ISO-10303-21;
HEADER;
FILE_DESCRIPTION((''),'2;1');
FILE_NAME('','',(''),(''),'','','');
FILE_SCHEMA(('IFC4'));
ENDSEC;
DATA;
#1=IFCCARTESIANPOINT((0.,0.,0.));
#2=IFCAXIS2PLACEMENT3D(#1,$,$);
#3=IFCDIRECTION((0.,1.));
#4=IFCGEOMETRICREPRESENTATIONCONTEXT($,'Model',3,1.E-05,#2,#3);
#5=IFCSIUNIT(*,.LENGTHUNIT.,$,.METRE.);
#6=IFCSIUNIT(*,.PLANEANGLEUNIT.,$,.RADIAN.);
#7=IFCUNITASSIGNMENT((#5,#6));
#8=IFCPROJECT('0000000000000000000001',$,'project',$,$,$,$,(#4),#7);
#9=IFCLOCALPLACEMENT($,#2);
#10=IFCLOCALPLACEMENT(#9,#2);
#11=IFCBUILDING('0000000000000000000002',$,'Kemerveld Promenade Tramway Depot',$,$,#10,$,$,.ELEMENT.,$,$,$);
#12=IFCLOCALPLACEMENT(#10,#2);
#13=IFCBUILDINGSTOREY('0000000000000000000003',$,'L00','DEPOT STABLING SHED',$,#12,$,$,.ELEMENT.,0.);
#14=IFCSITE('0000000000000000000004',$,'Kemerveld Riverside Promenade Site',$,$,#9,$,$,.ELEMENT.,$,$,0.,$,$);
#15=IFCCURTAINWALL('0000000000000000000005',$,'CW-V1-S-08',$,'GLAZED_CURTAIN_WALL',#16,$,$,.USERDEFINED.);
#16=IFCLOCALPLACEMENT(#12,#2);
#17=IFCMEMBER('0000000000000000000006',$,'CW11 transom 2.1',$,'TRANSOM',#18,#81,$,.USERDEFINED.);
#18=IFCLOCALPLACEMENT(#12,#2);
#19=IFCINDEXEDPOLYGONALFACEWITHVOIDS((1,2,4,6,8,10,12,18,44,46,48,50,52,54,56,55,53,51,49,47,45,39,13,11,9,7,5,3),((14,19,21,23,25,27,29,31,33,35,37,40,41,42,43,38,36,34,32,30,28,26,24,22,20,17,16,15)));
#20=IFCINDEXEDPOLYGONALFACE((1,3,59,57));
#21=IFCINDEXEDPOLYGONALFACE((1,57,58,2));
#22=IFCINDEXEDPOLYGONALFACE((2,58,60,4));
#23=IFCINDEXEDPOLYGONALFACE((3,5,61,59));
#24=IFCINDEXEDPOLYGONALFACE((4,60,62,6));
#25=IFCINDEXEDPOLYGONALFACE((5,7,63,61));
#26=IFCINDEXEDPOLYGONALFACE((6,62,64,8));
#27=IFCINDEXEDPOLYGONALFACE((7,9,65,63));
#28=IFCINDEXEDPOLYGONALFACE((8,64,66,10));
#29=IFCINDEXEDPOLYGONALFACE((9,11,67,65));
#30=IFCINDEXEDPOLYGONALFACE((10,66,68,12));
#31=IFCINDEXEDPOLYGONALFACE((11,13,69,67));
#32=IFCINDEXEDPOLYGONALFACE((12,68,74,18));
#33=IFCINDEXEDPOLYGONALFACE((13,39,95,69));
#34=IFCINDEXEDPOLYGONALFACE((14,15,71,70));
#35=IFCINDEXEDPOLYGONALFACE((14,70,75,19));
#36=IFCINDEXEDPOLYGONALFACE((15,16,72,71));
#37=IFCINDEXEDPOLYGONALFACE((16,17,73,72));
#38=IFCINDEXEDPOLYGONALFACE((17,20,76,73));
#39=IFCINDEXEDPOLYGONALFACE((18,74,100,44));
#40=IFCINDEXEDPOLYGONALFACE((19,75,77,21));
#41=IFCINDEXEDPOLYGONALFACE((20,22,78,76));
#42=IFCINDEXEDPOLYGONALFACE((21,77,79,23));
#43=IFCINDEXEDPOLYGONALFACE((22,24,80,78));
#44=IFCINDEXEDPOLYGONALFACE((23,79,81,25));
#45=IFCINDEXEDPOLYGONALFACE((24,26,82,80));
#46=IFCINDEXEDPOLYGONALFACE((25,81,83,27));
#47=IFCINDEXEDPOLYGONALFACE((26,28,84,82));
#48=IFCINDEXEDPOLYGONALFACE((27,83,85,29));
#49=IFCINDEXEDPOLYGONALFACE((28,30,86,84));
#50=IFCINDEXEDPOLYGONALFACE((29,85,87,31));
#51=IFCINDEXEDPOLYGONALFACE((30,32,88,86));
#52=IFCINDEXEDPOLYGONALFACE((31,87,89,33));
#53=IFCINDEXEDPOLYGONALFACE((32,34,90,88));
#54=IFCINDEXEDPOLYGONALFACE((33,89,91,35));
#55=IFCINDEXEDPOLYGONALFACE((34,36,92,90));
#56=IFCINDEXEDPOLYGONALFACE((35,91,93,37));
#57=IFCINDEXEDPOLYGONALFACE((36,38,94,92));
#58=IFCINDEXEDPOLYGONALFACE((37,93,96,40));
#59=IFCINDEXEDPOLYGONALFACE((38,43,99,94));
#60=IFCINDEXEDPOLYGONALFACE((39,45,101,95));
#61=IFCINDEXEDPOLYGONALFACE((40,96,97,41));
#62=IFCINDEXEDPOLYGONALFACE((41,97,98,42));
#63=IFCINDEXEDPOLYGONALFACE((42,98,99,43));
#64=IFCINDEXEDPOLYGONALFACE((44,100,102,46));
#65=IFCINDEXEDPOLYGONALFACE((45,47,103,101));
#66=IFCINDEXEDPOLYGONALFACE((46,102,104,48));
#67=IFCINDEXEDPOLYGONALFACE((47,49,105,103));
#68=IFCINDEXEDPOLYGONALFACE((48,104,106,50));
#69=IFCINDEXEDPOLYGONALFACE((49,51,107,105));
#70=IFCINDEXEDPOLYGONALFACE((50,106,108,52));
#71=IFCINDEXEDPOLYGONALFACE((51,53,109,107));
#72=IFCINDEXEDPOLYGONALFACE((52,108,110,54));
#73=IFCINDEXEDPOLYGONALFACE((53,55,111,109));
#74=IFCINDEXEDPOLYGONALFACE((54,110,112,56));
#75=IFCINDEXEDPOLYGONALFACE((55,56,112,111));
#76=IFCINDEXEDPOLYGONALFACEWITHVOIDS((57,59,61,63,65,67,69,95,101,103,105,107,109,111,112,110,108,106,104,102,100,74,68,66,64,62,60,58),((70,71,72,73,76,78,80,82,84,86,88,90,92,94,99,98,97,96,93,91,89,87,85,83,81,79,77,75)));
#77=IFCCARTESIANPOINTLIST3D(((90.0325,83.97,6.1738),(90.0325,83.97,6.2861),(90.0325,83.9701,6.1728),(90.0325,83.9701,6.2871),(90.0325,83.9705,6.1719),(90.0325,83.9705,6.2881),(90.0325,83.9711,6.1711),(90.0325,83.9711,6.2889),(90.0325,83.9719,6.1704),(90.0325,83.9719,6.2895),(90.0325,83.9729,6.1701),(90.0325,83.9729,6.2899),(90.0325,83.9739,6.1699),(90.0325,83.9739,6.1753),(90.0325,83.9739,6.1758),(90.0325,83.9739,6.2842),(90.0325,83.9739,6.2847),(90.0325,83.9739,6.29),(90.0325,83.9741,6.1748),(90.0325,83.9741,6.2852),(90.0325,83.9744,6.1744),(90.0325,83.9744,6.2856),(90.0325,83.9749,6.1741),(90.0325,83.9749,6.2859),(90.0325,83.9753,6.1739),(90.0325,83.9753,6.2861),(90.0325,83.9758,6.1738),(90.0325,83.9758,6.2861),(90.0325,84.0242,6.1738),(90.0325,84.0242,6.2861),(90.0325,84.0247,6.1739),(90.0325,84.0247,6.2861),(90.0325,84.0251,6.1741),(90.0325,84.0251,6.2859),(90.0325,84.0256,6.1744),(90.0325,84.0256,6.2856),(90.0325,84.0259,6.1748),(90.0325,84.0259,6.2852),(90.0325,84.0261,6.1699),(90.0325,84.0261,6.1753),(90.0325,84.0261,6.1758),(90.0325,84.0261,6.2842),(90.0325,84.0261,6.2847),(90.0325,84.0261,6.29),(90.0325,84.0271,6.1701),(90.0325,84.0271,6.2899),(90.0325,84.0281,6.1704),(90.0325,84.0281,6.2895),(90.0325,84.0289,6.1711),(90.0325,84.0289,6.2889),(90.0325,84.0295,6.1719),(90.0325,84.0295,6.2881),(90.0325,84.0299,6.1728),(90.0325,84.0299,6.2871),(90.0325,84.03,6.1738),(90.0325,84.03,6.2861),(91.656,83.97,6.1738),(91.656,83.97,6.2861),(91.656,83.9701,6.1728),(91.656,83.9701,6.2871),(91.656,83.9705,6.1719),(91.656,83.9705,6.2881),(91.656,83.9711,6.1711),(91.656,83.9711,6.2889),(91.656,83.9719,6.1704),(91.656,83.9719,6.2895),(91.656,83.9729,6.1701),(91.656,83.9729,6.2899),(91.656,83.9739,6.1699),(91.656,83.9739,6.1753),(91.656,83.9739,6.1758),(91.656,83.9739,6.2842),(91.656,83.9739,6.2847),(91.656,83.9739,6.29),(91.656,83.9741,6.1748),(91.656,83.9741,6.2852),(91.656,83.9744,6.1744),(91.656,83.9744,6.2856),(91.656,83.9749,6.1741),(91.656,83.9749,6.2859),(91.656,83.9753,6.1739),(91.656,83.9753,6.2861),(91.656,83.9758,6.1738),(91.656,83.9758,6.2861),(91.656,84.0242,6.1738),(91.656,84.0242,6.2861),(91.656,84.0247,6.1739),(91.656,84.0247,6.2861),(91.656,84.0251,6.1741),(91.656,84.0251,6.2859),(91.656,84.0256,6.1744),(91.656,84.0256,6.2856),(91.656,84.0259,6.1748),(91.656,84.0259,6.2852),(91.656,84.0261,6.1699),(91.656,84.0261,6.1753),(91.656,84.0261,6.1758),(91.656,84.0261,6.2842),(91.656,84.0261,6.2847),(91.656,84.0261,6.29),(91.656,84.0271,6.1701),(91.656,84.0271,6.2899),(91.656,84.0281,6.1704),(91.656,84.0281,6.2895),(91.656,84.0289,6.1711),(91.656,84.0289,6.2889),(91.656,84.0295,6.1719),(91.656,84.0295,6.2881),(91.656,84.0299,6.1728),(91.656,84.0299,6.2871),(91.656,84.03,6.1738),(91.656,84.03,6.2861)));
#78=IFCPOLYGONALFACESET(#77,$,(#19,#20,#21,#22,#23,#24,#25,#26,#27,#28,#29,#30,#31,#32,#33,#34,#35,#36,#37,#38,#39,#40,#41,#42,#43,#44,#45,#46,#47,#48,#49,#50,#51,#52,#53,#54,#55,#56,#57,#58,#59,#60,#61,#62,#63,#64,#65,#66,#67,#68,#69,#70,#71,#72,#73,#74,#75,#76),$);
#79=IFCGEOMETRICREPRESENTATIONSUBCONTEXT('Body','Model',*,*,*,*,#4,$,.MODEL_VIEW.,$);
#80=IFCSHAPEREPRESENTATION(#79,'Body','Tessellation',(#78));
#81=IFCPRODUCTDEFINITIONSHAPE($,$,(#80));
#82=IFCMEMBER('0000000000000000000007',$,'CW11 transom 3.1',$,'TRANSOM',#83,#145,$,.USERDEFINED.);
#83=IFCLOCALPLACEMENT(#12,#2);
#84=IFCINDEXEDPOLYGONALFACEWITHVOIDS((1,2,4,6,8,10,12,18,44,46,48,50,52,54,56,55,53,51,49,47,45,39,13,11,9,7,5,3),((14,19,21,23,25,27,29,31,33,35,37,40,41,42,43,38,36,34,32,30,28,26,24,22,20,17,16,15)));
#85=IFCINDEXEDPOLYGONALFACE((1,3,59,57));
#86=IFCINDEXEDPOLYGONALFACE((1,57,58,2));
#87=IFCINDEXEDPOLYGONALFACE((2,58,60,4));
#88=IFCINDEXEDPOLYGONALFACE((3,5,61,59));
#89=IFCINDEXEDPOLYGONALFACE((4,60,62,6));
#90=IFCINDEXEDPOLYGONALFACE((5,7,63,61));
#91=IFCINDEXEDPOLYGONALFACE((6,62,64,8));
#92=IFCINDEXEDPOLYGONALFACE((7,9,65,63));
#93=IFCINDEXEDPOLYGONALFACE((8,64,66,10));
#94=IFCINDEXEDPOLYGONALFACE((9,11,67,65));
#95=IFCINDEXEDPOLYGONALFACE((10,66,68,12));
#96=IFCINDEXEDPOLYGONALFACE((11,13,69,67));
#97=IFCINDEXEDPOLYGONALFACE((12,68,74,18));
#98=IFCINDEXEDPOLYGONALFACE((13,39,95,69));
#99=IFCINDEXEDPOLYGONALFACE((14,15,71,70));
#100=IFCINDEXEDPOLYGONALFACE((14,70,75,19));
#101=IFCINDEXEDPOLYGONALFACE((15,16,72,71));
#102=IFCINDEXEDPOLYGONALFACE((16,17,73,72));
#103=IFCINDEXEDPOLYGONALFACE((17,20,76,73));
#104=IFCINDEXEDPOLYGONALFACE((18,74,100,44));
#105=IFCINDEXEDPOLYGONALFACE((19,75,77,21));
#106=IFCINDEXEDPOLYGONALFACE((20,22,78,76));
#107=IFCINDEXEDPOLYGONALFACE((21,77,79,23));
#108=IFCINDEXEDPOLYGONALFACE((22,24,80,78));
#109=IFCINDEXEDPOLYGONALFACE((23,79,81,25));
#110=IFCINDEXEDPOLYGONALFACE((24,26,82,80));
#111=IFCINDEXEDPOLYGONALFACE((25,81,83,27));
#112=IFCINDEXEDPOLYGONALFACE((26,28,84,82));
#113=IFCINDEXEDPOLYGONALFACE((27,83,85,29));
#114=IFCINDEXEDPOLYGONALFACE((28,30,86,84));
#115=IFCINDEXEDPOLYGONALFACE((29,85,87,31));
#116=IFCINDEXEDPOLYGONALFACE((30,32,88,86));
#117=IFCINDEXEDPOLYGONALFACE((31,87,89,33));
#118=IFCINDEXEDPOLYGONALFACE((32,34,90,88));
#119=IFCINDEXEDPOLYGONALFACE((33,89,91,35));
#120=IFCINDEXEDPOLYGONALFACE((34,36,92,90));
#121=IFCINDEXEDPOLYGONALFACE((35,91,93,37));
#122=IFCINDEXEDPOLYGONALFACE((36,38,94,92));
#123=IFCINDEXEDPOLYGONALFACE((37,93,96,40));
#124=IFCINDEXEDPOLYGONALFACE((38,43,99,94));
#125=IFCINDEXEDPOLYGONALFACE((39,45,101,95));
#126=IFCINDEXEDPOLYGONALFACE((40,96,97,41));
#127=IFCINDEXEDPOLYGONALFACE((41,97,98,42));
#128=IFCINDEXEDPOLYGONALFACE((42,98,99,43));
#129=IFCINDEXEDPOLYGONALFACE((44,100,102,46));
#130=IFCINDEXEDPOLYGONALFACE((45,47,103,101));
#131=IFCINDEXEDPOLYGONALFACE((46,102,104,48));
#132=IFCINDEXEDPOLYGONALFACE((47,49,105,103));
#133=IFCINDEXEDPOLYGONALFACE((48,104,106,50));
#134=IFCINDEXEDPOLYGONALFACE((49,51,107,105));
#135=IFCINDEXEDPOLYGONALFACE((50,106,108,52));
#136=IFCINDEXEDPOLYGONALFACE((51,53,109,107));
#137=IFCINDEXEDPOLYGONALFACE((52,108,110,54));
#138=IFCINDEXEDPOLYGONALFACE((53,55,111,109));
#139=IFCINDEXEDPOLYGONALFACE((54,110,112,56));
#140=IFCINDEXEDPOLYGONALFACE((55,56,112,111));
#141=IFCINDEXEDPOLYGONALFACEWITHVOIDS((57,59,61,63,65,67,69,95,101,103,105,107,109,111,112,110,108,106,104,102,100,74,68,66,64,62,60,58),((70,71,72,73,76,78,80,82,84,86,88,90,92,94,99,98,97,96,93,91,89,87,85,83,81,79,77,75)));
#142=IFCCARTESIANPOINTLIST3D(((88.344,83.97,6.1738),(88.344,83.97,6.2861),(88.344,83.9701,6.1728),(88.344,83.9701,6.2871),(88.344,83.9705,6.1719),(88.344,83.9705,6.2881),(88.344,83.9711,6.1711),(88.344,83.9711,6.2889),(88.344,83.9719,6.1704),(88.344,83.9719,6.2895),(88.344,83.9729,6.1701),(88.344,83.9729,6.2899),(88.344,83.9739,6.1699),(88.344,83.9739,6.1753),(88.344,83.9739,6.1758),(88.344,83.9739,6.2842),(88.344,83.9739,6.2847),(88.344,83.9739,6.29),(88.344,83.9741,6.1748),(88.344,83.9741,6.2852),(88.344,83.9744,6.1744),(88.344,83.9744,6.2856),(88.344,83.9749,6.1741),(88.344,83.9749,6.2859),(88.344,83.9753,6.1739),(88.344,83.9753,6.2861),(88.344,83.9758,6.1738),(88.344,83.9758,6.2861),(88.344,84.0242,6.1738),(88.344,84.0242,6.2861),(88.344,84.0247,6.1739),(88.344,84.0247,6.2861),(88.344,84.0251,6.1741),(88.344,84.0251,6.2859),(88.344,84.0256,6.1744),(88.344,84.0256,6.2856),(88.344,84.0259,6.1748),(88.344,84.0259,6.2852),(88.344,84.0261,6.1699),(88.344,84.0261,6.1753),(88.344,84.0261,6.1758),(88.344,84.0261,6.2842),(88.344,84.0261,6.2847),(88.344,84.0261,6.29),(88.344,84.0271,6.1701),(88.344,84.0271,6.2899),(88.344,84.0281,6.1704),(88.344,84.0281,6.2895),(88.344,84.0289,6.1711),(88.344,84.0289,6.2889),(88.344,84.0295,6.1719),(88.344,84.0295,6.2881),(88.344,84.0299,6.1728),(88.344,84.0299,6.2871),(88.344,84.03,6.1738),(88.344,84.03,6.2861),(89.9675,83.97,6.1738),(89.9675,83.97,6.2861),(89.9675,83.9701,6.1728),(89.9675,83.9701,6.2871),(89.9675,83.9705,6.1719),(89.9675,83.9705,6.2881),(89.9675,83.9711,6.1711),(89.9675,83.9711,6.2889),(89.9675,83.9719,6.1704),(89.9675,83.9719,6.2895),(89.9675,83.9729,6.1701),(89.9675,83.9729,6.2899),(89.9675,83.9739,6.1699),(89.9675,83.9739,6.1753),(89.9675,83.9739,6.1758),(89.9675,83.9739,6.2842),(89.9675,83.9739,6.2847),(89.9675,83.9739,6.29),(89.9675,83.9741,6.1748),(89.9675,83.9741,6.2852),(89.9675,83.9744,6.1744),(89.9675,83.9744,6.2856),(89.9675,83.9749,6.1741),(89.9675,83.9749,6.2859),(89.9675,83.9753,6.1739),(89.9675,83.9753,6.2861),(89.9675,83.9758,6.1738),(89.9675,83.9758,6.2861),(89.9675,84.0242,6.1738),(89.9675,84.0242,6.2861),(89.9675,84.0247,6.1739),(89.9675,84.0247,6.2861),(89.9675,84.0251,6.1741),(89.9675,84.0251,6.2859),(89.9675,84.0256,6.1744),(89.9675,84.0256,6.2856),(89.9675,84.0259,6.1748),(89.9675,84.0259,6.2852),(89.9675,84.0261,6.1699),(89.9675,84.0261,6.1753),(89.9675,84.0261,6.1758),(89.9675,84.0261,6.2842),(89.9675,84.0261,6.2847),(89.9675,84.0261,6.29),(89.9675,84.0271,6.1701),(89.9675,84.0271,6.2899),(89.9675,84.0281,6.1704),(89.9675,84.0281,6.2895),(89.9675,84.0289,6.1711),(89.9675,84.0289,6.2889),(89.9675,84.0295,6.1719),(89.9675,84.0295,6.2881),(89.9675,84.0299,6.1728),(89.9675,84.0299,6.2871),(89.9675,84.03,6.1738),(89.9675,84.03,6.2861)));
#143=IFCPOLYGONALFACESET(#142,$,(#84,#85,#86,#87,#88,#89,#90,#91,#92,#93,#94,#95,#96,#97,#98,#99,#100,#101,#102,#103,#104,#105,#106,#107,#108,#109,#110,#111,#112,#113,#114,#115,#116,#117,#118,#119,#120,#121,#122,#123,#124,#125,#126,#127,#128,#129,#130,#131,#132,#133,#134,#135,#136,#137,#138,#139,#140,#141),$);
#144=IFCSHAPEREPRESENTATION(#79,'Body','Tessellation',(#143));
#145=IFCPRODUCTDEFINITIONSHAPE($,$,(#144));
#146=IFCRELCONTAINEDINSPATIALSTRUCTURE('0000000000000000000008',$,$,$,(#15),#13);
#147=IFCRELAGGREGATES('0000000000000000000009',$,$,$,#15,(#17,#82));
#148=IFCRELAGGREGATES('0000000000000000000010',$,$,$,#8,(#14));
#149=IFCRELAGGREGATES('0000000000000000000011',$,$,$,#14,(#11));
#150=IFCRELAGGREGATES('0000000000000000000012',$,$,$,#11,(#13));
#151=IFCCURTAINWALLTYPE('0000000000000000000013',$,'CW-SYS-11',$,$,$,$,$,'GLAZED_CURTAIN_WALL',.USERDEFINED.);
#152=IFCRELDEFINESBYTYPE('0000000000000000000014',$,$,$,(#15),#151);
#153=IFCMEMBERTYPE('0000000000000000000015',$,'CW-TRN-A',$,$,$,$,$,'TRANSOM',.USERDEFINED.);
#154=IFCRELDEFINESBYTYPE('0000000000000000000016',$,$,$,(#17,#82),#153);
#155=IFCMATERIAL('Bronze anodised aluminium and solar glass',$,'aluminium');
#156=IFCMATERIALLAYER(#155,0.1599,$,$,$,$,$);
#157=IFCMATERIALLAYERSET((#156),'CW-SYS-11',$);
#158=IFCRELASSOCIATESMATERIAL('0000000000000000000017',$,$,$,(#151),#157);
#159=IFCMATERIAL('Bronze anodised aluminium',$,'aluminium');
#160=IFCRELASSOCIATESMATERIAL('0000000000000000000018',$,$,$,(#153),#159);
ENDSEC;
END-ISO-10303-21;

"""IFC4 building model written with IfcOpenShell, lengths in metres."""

from ifc_helpers import new_model, si_unit, direction, frame, origin, origin_2d, place, context, subcontext, project, spatial, hollow_rectangle, extrude, material, layer, layer_set, material_profile, profile_set, type_object, element, aggregate, save


model = new_model("IFC4")

# Units and contexts
model_context = context("Model", 3, precision=1e-05, world=origin(), true_north=direction((0.0, 1.0)))
body_context = subcontext(model_context, "Body", "Model", "MODEL_VIEW")
ifc_project = project(units=[si_unit("LENGTHUNIT", "METRE"), si_unit("PLANEANGLEUNIT", "RADIAN")], contexts=[model_context])

# Site, building, storey
site_placement = place(None, origin())
site = spatial("IfcSite", under=ifc_project, at=site_placement, Name="Kemerveld Riverside Promenade Site", CompositionType="ELEMENT", RefElevation=0.0)
building_placement = place(site_placement, origin())
building = spatial("IfcBuilding", under=site, at=building_placement, Name="Kemerveld Promenade Tramway Depot", CompositionType="ELEMENT")
storey_placement = place(building_placement, origin())
storey = spatial("IfcBuildingStorey", under=building, at=storey_placement, Name="L00", Description="DEPOT STABLING SHED", CompositionType="ELEMENT", Elevation=0.0)

# Curtain wall
ifc_material_1 = material(Name="Bronze anodised aluminium and solar glass", Category="aluminium")
ifc_layer_1 = layer(ifc_material_1, 0.1599)
ifc_layer_set_1 = layer_set([ifc_layer_1], Name="CW-SYS-11")
curtain_wall_type_1 = type_object("IfcCurtainWallType", Name="CW-SYS-11", ElementType="GLAZED_CURTAIN_WALL", PredefinedType="USERDEFINED", material=ifc_layer_set_1)
curtain_wall_1_placement = place(storey_placement, origin())
curtain_wall_1 = element("IfcCurtainWall", 1, at=curtain_wall_1_placement, inside=storey, type_object=curtain_wall_type_1, Name="CW-V1-S-08", ObjectType="GLAZED_CURTAIN_WALL", PredefinedType="USERDEFINED")
ifc_material_2 = material(Name="Bronze anodised aluminium", Category="aluminium")

# Members
ifc_material_profile_1 = material_profile(ifc_material_2, hollow_rectangle(XDim=0.0601, YDim=0.1201, WallThickness=0.0039, InnerFilletRadius=0.002, OuterFilletRadius=0.0039, at=origin_2d()), Name="CW-TRN-120x60")
ifc_profile_set_1 = profile_set([ifc_material_profile_1], Name="Bronze anodised aluminium")
member_type_1 = type_object("IfcMemberType", Name="CW-TRN-A", ElementType="TRANSOM", PredefinedType="USERDEFINED", material=ifc_profile_set_1)
member_1_placement = place(storey_placement, frame((91.656, 84.0, 6.23), z_axis=(-1.0, 0.0, 0.0), x_axis=(0.0, -1.0, 0.0)))
member_1 = element("IfcMember", 2, at=member_1_placement, type_object=member_type_1, Name="CW11 transom 2.1", ObjectType="TRANSOM", PredefinedType="USERDEFINED", context=body_context, shape_type="SweptSolid", body=[
    extrude(hollow_rectangle(XDim=0.0601, YDim=0.1201, WallThickness=0.0039, InnerFilletRadius=0.002, OuterFilletRadius=0.0039, at=origin_2d()), origin(), (0.0, 0.0, 1.0), 1.6235),
])
member_2_placement = place(storey_placement, frame((89.9675, 84.0, 6.23), z_axis=(-1.0, 0.0, 0.0), x_axis=(0.0, -1.0, 0.0)))
member_2 = element("IfcMember", 3, at=member_2_placement, type_object=member_type_1, Name="CW11 transom 3.1", ObjectType="TRANSOM", PredefinedType="USERDEFINED", context=body_context, shape_type="SweptSolid", body=[
    extrude(hollow_rectangle(XDim=0.0601, YDim=0.1201, WallThickness=0.0039, InnerFilletRadius=0.002, OuterFilletRadius=0.0039, at=origin_2d()), origin(), (0.0, 0.0, 1.0), 1.6235),
])

aggregate(curtain_wall_1, [member_1, member_2])

save(model, "model.ifc")
